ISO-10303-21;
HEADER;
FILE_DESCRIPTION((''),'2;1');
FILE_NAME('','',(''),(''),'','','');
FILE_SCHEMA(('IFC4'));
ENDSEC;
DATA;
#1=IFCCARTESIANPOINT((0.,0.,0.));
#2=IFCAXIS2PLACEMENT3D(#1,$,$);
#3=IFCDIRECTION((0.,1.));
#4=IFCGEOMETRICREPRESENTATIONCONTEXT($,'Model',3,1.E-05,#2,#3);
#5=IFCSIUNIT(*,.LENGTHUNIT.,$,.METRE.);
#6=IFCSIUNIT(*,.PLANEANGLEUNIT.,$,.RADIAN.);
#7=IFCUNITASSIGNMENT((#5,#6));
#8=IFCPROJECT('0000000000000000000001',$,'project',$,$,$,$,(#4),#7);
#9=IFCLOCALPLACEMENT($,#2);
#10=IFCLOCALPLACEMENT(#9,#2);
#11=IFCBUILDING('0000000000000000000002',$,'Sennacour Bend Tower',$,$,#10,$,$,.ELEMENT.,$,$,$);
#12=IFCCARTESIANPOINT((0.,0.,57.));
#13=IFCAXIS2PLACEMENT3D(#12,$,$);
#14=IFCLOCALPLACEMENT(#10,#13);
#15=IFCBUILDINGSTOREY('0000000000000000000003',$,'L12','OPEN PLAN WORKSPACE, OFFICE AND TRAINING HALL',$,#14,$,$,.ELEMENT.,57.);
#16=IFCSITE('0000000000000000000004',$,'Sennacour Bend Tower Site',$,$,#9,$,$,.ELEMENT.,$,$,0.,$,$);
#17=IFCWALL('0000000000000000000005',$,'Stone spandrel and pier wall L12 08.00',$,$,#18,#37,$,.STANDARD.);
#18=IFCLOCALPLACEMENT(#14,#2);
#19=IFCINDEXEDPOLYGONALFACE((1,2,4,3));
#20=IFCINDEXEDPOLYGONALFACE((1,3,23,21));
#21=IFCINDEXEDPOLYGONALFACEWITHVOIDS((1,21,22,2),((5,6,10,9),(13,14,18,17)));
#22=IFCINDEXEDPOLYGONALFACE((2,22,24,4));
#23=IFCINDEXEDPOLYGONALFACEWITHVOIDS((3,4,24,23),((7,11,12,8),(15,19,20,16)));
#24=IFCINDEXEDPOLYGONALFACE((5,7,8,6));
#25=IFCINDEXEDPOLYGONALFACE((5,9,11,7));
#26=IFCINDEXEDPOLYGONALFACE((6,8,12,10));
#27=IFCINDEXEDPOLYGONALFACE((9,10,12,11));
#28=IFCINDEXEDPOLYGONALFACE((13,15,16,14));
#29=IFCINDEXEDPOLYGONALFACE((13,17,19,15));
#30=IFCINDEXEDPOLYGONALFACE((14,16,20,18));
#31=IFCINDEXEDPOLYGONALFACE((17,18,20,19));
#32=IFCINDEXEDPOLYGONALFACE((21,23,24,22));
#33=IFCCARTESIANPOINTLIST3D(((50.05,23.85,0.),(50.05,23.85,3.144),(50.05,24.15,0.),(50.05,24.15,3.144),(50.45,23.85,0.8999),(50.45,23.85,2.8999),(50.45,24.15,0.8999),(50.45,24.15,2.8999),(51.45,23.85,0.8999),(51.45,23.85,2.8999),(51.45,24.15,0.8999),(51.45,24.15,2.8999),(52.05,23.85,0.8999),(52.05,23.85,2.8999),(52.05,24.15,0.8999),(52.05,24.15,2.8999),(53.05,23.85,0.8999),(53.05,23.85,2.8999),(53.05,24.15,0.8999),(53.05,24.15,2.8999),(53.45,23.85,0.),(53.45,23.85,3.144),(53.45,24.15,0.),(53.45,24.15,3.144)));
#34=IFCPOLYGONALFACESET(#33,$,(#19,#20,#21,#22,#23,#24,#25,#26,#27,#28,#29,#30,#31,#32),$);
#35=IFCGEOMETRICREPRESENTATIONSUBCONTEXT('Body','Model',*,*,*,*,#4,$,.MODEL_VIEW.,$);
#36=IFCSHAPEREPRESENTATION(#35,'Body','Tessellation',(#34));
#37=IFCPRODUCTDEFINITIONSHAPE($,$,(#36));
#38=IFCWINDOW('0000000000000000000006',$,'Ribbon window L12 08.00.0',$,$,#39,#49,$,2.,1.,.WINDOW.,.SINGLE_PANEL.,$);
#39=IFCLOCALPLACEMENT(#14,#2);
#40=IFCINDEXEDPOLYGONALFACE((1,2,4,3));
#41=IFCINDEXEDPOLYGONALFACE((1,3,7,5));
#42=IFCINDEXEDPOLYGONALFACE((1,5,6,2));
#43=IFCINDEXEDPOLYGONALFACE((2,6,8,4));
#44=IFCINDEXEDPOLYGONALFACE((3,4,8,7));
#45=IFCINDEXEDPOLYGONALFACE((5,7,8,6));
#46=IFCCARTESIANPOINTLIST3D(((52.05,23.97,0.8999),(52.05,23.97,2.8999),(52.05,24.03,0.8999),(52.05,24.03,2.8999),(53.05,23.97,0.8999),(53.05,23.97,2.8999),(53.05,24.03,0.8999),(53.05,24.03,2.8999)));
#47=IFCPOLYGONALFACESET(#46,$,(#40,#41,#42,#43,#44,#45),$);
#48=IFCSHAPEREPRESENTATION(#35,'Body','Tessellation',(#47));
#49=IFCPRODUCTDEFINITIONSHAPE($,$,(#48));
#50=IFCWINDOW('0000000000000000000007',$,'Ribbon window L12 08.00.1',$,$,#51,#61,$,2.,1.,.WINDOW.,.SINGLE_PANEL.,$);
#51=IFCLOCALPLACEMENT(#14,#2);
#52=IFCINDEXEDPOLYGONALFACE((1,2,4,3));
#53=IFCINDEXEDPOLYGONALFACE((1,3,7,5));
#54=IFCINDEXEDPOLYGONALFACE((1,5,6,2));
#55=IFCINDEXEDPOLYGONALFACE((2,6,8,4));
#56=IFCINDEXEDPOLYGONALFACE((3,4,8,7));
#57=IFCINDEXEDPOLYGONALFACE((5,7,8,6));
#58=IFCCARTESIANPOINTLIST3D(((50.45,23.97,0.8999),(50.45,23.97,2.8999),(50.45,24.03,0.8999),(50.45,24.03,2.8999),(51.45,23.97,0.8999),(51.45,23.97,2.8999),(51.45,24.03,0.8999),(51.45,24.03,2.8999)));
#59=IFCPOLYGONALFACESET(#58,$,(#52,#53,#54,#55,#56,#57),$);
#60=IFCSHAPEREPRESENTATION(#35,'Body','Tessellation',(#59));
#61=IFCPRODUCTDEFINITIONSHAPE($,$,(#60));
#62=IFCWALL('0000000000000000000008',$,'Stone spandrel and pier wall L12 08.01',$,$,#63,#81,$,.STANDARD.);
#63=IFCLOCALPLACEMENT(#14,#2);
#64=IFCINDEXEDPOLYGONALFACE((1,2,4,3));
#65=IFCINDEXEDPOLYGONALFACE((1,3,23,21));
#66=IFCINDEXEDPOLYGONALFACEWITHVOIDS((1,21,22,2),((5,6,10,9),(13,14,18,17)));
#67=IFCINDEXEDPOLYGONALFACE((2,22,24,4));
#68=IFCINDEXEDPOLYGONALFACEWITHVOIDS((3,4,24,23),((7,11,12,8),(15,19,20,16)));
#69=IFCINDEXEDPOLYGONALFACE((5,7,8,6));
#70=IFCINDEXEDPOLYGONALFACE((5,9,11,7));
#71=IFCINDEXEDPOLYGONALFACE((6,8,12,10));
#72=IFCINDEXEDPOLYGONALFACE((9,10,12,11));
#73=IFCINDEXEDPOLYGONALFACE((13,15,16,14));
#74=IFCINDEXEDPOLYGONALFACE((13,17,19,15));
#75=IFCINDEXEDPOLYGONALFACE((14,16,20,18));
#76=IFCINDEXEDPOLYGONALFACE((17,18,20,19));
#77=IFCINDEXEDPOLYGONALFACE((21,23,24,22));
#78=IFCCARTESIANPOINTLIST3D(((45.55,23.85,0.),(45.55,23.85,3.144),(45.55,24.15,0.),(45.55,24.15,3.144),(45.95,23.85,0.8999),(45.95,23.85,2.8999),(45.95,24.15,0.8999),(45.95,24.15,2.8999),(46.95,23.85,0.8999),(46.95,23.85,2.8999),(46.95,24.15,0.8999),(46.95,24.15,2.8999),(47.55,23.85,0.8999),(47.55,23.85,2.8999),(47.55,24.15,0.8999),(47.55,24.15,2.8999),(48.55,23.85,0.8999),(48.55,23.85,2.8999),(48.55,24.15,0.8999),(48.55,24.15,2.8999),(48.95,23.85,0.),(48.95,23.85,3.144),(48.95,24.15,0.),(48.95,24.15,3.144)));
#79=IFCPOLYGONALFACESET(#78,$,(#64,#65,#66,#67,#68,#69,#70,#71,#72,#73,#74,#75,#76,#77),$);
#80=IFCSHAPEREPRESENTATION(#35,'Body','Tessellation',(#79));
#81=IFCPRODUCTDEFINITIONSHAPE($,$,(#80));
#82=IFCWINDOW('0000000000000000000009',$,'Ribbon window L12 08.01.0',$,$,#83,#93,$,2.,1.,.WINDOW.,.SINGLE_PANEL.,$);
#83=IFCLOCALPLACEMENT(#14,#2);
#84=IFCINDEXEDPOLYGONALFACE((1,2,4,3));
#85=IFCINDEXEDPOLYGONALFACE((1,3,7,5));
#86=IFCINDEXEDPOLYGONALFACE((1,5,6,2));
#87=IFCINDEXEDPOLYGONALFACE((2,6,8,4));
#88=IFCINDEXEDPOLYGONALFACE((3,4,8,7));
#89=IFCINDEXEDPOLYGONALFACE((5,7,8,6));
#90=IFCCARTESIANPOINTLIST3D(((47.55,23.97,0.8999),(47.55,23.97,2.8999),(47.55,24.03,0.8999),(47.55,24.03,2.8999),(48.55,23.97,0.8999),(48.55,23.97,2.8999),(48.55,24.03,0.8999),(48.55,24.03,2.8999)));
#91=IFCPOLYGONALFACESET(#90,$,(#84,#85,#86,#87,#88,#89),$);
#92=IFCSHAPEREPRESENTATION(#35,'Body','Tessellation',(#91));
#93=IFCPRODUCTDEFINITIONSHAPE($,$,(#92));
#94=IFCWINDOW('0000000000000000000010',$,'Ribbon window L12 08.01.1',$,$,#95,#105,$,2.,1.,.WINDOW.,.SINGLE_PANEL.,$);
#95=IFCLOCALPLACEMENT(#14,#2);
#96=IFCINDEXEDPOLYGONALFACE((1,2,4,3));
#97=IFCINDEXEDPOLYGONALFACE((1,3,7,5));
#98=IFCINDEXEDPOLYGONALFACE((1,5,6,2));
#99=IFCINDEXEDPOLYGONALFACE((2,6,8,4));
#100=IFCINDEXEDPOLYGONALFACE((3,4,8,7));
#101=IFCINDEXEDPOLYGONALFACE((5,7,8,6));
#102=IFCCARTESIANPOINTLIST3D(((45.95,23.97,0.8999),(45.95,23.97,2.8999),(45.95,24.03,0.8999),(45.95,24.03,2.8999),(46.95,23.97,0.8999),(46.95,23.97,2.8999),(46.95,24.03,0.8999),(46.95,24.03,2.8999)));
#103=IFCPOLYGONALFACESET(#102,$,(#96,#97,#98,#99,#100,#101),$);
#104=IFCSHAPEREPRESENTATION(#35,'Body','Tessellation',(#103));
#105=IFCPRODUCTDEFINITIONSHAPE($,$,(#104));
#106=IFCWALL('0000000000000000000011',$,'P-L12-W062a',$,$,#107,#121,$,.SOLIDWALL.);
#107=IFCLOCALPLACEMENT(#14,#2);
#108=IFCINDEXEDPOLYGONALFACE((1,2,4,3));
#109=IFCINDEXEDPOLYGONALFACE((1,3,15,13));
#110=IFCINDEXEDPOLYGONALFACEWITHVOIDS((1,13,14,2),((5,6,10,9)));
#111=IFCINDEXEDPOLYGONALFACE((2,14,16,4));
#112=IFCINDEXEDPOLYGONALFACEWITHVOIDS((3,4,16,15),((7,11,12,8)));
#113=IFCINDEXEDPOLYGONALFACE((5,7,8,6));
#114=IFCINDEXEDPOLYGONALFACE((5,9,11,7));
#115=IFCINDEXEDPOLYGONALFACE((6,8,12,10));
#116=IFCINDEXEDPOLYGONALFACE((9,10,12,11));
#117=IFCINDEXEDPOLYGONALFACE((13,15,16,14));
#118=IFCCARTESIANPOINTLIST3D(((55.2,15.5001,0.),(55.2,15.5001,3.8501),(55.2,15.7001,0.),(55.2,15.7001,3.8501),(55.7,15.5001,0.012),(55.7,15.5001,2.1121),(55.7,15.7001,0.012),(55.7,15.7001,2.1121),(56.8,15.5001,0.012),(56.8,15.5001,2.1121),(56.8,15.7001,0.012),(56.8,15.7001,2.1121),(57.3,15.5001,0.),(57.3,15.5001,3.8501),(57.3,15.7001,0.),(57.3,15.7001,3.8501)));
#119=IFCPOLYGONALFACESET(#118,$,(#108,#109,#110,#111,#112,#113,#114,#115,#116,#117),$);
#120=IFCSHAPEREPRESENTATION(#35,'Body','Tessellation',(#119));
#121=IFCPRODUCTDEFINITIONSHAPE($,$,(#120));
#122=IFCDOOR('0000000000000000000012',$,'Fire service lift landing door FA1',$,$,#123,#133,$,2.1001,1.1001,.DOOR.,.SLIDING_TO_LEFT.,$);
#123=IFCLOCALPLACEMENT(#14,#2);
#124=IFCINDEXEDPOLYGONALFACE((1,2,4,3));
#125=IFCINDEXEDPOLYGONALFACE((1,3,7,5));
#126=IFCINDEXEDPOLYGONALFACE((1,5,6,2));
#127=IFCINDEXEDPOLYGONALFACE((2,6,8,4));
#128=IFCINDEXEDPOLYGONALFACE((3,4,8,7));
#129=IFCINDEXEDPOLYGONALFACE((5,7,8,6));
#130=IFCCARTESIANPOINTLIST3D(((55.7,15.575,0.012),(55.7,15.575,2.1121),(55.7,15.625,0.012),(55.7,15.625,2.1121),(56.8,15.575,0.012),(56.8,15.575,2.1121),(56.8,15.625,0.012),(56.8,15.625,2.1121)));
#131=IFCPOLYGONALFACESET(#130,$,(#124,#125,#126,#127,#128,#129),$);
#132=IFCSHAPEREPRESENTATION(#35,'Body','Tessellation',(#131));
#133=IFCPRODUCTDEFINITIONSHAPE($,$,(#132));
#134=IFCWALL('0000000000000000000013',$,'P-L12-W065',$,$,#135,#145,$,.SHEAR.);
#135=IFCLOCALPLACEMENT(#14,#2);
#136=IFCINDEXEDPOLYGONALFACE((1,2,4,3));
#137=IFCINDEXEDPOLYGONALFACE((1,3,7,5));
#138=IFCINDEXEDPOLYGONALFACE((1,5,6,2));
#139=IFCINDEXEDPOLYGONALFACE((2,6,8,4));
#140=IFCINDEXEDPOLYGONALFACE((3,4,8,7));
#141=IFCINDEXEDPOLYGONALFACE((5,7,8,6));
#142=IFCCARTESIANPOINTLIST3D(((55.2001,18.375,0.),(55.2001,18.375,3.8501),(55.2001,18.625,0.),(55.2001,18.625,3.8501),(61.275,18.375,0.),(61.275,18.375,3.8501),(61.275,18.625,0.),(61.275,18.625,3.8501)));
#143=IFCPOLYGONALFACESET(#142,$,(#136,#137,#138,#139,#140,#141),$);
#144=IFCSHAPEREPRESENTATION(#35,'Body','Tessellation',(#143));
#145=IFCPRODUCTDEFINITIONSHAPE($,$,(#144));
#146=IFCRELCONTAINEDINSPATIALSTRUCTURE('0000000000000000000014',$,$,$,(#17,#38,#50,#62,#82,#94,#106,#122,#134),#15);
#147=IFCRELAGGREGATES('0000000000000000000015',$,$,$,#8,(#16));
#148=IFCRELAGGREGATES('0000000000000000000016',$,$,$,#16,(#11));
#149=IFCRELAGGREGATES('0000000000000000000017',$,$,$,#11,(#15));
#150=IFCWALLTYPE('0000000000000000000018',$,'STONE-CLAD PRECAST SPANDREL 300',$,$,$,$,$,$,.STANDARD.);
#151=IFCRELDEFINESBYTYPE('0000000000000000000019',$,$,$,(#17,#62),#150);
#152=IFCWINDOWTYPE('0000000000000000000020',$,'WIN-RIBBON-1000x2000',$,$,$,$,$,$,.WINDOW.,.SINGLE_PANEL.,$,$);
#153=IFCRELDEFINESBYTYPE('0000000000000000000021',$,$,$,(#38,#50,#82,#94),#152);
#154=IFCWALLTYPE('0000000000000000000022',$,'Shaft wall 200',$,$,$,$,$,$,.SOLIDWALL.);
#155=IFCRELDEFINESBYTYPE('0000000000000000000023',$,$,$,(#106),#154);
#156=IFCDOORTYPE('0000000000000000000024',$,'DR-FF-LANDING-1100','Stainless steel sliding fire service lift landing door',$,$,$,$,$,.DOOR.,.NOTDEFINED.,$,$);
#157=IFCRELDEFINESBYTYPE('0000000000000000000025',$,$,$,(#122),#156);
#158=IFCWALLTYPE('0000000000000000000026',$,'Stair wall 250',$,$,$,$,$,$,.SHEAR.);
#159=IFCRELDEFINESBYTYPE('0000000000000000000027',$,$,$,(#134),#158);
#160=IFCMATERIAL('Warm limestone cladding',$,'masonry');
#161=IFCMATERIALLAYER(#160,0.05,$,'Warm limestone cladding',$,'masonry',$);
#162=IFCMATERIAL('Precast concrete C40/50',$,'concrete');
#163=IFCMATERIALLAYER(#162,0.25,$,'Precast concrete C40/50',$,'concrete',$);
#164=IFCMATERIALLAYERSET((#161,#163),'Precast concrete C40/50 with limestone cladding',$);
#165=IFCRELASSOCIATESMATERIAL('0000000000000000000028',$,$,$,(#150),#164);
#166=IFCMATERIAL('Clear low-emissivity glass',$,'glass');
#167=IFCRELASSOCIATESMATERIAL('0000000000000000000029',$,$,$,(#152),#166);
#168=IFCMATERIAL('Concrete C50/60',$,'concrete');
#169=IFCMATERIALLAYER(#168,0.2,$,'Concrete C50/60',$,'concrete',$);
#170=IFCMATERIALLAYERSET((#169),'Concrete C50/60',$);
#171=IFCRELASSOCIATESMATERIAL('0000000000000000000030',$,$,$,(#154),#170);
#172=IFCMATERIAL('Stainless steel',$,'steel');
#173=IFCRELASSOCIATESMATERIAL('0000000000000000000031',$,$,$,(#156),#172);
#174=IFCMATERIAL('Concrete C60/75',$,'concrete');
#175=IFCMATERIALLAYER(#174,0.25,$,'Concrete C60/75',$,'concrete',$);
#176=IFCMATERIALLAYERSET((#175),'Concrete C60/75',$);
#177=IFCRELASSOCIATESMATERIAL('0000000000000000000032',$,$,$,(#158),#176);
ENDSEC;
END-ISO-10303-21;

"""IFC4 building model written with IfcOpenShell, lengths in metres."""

from ifc_helpers import new_model, si_unit, direction, frame, frame_2d, origin, place, context, subcontext, project, spatial, rectangle, extrude, material, layer, layer_set, type_object, element, fill, save


model = new_model("IFC4")

# Units and contexts
model_context = context("Model", 3, precision=1e-05, world=origin(), true_north=direction((0.0, 1.0)))
body_context = subcontext(model_context, "Body", "Model", "MODEL_VIEW")
ifc_project = project(units=[si_unit("LENGTHUNIT", "METRE"), si_unit("PLANEANGLEUNIT", "RADIAN")], contexts=[model_context])

# Site, building, storey
site_placement = place(None, origin())
site = spatial("IfcSite", under=ifc_project, at=site_placement, Name="Sennacour Bend Tower Site", CompositionType="ELEMENT", RefElevation=0.0)
building_placement = place(site_placement, origin())
building = spatial("IfcBuilding", under=site, at=building_placement, Name="Sennacour Bend Tower", CompositionType="ELEMENT")
storey_placement = place(building_placement, frame((0.0, 0.0, 57.0)))
storey = spatial("IfcBuildingStorey", under=building, at=storey_placement, Name="L12", Description="OPEN PLAN WORKSPACE, OFFICE AND TRAINING HALL", CompositionType="ELEMENT", Elevation=57.0)

# Shared definitions
ifc_material_1 = material(Name="Warm limestone cladding", Category="masonry")
ifc_layer_1 = layer(ifc_material_1, 0.05, Name="Warm limestone cladding", Category="masonry")
ifc_material_2 = material(Name="Precast concrete C40/50", Category="concrete")
ifc_layer_2 = layer(ifc_material_2, 0.25, Name="Precast concrete C40/50", Category="concrete")
ifc_layer_set_1 = layer_set([ifc_layer_1, ifc_layer_2], Name="Precast concrete C40/50 with limestone cladding")
wall_type_1 = type_object("IfcWallType", Name="STONE-CLAD PRECAST SPANDREL 300", PredefinedType="STANDARD", material=ifc_layer_set_1)

# Walls, openings, windows
wall_1_placement = place(storey_placement, frame((53.45, 24.0, 0.0), z_axis=(0.0, 0.0, 1.0), x_axis=(-1.0, 0.0, 0.0)))
wall_1 = element("IfcWall", 1, at=wall_1_placement, inside=storey, type_object=wall_type_1, Name="Stone spandrel and pier wall L12 08.00", PredefinedType="STANDARD", context=body_context, shape_type="SweptSolid", body=[
    extrude(rectangle(XDim=3.3999, YDim=0.3, at=frame_2d((1.7, 0.0))), origin(), (0.0, 0.0, 1.0), 3.144),
])
opening_1_placement = place(wall_1_placement, frame((0.3999, 0.0, 0.8999)))
opening_1 = element("IfcOpeningElement", 2, at=opening_1_placement, cuts=wall_1, PredefinedType="OPENING", context=body_context, shape_type="SweptSolid", body=[
    extrude(rectangle(XDim=1.0, YDim=2.0, at=frame_2d((0.5, 1.0))), frame((0.0, 0.1602, 0.0), z_axis=(0.0, -1.0, 0.0), x_axis=(1.0, 0.0, 0.0)), (0.0, 0.0, 1.0), 0.3201),
])
opening_2_placement = place(wall_1_placement, frame((2.0, 0.0, 0.8999)))
opening_2 = element("IfcOpeningElement", 3, at=opening_2_placement, cuts=wall_1, PredefinedType="OPENING", context=body_context, shape_type="SweptSolid", body=[
    extrude(rectangle(XDim=1.0, YDim=2.0, at=frame_2d((0.5, 1.0))), frame((0.0, 0.1602, 0.0), z_axis=(0.0, -1.0, 0.0), x_axis=(1.0, 0.0, 0.0)), (0.0, 0.0, 1.0), 0.3201),
])
ifc_material_3 = material(Name="Clear low-emissivity glass", Category="glass")
window_type = type_object("IfcWindowType", Name="WIN-RIBBON-1000x2000", PartitioningType="SINGLE_PANEL", PredefinedType="WINDOW", material=ifc_material_3)
window_1_placement = place(opening_1_placement, origin())
window_1 = element("IfcWindow", 4, at=window_1_placement, inside=storey, type_object=window_type, Name="Ribbon window L12 08.00.0", OverallHeight=2.0, OverallWidth=1.0, PartitioningType="SINGLE_PANEL", PredefinedType="WINDOW", context=body_context, shape_type="SweptSolid", body=[
    extrude(rectangle(XDim=1.0, YDim=2.0, at=frame_2d((0.5, 1.0))), frame((0.0, 0.03, 0.0), z_axis=(0.0, -1.0, 0.0), x_axis=(1.0, 0.0, 0.0)), (0.0, 0.0, 1.0), 0.0601),
])
fill(opening_1, window_1)
window_2_placement = place(opening_2_placement, origin())
window_2 = element("IfcWindow", 5, at=window_2_placement, inside=storey, type_object=window_type, Name="Ribbon window L12 08.00.1", OverallHeight=2.0, OverallWidth=1.0, PartitioningType="SINGLE_PANEL", PredefinedType="WINDOW", context=body_context, shape_type="SweptSolid", body=[
    extrude(rectangle(XDim=1.0, YDim=2.0, at=frame_2d((0.5, 1.0))), frame((0.0, 0.03, 0.0), z_axis=(0.0, -1.0, 0.0), x_axis=(1.0, 0.0, 0.0)), (0.0, 0.0, 1.0), 0.0601),
])
fill(opening_2, window_2)
wall_2_placement = place(storey_placement, frame((48.95, 24.0, 0.0), z_axis=(0.0, 0.0, 1.0), x_axis=(-1.0, 0.0, 0.0)))
wall_2 = element("IfcWall", 6, at=wall_2_placement, inside=storey, type_object=wall_type_1, Name="Stone spandrel and pier wall L12 08.01", PredefinedType="STANDARD", context=body_context, shape_type="SweptSolid", body=[
    extrude(rectangle(XDim=3.3999, YDim=0.3, at=frame_2d((1.7, 0.0))), origin(), (0.0, 0.0, 1.0), 3.144),
])
opening_3_placement = place(wall_2_placement, frame((0.3999, 0.0, 0.8999)))
opening_3 = element("IfcOpeningElement", 7, at=opening_3_placement, cuts=wall_2, PredefinedType="OPENING", context=body_context, shape_type="SweptSolid", body=[
    extrude(rectangle(XDim=1.0, YDim=2.0, at=frame_2d((0.5, 1.0))), frame((0.0, 0.1602, 0.0), z_axis=(0.0, -1.0, 0.0), x_axis=(1.0, 0.0, 0.0)), (0.0, 0.0, 1.0), 0.3201),
])
opening_4_placement = place(wall_2_placement, frame((2.0, 0.0, 0.8999)))
opening_4 = element("IfcOpeningElement", 8, at=opening_4_placement, cuts=wall_2, PredefinedType="OPENING", context=body_context, shape_type="SweptSolid", body=[
    extrude(rectangle(XDim=1.0, YDim=2.0, at=frame_2d((0.5, 1.0))), frame((0.0, 0.1602, 0.0), z_axis=(0.0, -1.0, 0.0), x_axis=(1.0, 0.0, 0.0)), (0.0, 0.0, 1.0), 0.3201),
])
window_3_placement = place(opening_3_placement, origin())
window_3 = element("IfcWindow", 9, at=window_3_placement, inside=storey, type_object=window_type, Name="Ribbon window L12 08.01.0", OverallHeight=2.0, OverallWidth=1.0, PartitioningType="SINGLE_PANEL", PredefinedType="WINDOW", context=body_context, shape_type="SweptSolid", body=[
    extrude(rectangle(XDim=1.0, YDim=2.0, at=frame_2d((0.5, 1.0))), frame((0.0, 0.03, 0.0), z_axis=(0.0, -1.0, 0.0), x_axis=(1.0, 0.0, 0.0)), (0.0, 0.0, 1.0), 0.0601),
])
fill(opening_3, window_3)
window_4_placement = place(opening_4_placement, origin())
window_4 = element("IfcWindow", 10, at=window_4_placement, inside=storey, type_object=window_type, Name="Ribbon window L12 08.01.1", OverallHeight=2.0, OverallWidth=1.0, PartitioningType="SINGLE_PANEL", PredefinedType="WINDOW", context=body_context, shape_type="SweptSolid", body=[
    extrude(rectangle(XDim=1.0, YDim=2.0, at=frame_2d((0.5, 1.0))), frame((0.0, 0.03, 0.0), z_axis=(0.0, -1.0, 0.0), x_axis=(1.0, 0.0, 0.0)), (0.0, 0.0, 1.0), 0.0601),
])
fill(opening_4, window_4)

# Wall, opening, door
ifc_material_4 = material(Name="Concrete C50/60", Category="concrete")
ifc_layer_3 = layer(ifc_material_4, 0.2, Name="Concrete C50/60", Category="concrete")
ifc_layer_set_2 = layer_set([ifc_layer_3], Name="Concrete C50/60")
wall_type_2 = type_object("IfcWallType", Name="Shaft wall 200", PredefinedType="SOLIDWALL", material=ifc_layer_set_2)
wall_3_placement = place(storey_placement, frame((55.2, 15.6001, 0.0), z_axis=(0.0, 0.0, 1.0), x_axis=(1.0, 0.0, 0.0)))
wall_3 = element("IfcWall", 11, at=wall_3_placement, inside=storey, type_object=wall_type_2, Name="P-L12-W062a", PredefinedType="SOLIDWALL", context=body_context, shape_type="SweptSolid", body=[
    extrude(rectangle(XDim=2.1001, YDim=0.2, at=frame_2d((1.05, 0.0))), origin(), (0.0, 0.0, 1.0), 3.8501),
])
opening_5_placement = place(wall_3_placement, frame((0.5, 0.0, 0.012)))
opening_5 = element("IfcOpeningElement", 12, at=opening_5_placement, cuts=wall_3, PredefinedType="OPENING", context=body_context, shape_type="SweptSolid", body=[
    extrude(rectangle(XDim=1.1001, YDim=2.1001, at=frame_2d((0.55, 1.05))), frame((0.0, 0.1099, 0.0), z_axis=(0.0, -1.0, 0.0), x_axis=(1.0, 0.0, 0.0)), (0.0, 0.0, 1.0), 0.22),
])
ifc_material_5 = material(Name="Stainless steel", Category="steel")
door_type_1 = type_object("IfcDoorType", Name="DR-FF-LANDING-1100", Description="Stainless steel sliding fire service lift landing door", OperationType="NOTDEFINED", PredefinedType="DOOR", material=ifc_material_5)
door_1_placement = place(opening_5_placement, origin())
door_1 = element("IfcDoor", 13, at=door_1_placement, inside=storey, type_object=door_type_1, Name="Fire service lift landing door FA1", OperationType="SLIDING_TO_LEFT", OverallHeight=2.1001, OverallWidth=1.1001, PredefinedType="DOOR", context=body_context, shape_type="SweptSolid", body=[
    extrude(rectangle(XDim=1.1001, YDim=2.1001, at=frame_2d((0.55, 1.05))), frame((0.0, 0.0249, 0.0), z_axis=(0.0, -1.0, 0.0), x_axis=(1.0, 0.0, 0.0)), (0.0, 0.0, 1.0), 0.05),
])
fill(opening_5, door_1)

# Wall
ifc_material_6 = material(Name="Concrete C60/75", Category="concrete")
ifc_layer_4 = layer(ifc_material_6, 0.25, Name="Concrete C60/75", Category="concrete")
ifc_layer_set_3 = layer_set([ifc_layer_4], Name="Concrete C60/75")
wall_type_3 = type_object("IfcWallType", Name="Stair wall 250", PredefinedType="SHEAR", material=ifc_layer_set_3)
wall_4_placement = place(storey_placement, frame((55.2, 18.5, 0.0), z_axis=(0.0, 0.0, 1.0), x_axis=(1.0, 0.0, 0.0)))
element("IfcWall", 14, at=wall_4_placement, inside=storey, type_object=wall_type_3, Name="P-L12-W065", PredefinedType="SHEAR", context=body_context, shape_type="SweptSolid", body=[
    extrude(rectangle(XDim=6.075, YDim=0.25, at=frame_2d((3.0376, 0.0))), origin(), (0.0, 0.0, 1.0), 3.8501),
])

save(model, "model.ifc")
